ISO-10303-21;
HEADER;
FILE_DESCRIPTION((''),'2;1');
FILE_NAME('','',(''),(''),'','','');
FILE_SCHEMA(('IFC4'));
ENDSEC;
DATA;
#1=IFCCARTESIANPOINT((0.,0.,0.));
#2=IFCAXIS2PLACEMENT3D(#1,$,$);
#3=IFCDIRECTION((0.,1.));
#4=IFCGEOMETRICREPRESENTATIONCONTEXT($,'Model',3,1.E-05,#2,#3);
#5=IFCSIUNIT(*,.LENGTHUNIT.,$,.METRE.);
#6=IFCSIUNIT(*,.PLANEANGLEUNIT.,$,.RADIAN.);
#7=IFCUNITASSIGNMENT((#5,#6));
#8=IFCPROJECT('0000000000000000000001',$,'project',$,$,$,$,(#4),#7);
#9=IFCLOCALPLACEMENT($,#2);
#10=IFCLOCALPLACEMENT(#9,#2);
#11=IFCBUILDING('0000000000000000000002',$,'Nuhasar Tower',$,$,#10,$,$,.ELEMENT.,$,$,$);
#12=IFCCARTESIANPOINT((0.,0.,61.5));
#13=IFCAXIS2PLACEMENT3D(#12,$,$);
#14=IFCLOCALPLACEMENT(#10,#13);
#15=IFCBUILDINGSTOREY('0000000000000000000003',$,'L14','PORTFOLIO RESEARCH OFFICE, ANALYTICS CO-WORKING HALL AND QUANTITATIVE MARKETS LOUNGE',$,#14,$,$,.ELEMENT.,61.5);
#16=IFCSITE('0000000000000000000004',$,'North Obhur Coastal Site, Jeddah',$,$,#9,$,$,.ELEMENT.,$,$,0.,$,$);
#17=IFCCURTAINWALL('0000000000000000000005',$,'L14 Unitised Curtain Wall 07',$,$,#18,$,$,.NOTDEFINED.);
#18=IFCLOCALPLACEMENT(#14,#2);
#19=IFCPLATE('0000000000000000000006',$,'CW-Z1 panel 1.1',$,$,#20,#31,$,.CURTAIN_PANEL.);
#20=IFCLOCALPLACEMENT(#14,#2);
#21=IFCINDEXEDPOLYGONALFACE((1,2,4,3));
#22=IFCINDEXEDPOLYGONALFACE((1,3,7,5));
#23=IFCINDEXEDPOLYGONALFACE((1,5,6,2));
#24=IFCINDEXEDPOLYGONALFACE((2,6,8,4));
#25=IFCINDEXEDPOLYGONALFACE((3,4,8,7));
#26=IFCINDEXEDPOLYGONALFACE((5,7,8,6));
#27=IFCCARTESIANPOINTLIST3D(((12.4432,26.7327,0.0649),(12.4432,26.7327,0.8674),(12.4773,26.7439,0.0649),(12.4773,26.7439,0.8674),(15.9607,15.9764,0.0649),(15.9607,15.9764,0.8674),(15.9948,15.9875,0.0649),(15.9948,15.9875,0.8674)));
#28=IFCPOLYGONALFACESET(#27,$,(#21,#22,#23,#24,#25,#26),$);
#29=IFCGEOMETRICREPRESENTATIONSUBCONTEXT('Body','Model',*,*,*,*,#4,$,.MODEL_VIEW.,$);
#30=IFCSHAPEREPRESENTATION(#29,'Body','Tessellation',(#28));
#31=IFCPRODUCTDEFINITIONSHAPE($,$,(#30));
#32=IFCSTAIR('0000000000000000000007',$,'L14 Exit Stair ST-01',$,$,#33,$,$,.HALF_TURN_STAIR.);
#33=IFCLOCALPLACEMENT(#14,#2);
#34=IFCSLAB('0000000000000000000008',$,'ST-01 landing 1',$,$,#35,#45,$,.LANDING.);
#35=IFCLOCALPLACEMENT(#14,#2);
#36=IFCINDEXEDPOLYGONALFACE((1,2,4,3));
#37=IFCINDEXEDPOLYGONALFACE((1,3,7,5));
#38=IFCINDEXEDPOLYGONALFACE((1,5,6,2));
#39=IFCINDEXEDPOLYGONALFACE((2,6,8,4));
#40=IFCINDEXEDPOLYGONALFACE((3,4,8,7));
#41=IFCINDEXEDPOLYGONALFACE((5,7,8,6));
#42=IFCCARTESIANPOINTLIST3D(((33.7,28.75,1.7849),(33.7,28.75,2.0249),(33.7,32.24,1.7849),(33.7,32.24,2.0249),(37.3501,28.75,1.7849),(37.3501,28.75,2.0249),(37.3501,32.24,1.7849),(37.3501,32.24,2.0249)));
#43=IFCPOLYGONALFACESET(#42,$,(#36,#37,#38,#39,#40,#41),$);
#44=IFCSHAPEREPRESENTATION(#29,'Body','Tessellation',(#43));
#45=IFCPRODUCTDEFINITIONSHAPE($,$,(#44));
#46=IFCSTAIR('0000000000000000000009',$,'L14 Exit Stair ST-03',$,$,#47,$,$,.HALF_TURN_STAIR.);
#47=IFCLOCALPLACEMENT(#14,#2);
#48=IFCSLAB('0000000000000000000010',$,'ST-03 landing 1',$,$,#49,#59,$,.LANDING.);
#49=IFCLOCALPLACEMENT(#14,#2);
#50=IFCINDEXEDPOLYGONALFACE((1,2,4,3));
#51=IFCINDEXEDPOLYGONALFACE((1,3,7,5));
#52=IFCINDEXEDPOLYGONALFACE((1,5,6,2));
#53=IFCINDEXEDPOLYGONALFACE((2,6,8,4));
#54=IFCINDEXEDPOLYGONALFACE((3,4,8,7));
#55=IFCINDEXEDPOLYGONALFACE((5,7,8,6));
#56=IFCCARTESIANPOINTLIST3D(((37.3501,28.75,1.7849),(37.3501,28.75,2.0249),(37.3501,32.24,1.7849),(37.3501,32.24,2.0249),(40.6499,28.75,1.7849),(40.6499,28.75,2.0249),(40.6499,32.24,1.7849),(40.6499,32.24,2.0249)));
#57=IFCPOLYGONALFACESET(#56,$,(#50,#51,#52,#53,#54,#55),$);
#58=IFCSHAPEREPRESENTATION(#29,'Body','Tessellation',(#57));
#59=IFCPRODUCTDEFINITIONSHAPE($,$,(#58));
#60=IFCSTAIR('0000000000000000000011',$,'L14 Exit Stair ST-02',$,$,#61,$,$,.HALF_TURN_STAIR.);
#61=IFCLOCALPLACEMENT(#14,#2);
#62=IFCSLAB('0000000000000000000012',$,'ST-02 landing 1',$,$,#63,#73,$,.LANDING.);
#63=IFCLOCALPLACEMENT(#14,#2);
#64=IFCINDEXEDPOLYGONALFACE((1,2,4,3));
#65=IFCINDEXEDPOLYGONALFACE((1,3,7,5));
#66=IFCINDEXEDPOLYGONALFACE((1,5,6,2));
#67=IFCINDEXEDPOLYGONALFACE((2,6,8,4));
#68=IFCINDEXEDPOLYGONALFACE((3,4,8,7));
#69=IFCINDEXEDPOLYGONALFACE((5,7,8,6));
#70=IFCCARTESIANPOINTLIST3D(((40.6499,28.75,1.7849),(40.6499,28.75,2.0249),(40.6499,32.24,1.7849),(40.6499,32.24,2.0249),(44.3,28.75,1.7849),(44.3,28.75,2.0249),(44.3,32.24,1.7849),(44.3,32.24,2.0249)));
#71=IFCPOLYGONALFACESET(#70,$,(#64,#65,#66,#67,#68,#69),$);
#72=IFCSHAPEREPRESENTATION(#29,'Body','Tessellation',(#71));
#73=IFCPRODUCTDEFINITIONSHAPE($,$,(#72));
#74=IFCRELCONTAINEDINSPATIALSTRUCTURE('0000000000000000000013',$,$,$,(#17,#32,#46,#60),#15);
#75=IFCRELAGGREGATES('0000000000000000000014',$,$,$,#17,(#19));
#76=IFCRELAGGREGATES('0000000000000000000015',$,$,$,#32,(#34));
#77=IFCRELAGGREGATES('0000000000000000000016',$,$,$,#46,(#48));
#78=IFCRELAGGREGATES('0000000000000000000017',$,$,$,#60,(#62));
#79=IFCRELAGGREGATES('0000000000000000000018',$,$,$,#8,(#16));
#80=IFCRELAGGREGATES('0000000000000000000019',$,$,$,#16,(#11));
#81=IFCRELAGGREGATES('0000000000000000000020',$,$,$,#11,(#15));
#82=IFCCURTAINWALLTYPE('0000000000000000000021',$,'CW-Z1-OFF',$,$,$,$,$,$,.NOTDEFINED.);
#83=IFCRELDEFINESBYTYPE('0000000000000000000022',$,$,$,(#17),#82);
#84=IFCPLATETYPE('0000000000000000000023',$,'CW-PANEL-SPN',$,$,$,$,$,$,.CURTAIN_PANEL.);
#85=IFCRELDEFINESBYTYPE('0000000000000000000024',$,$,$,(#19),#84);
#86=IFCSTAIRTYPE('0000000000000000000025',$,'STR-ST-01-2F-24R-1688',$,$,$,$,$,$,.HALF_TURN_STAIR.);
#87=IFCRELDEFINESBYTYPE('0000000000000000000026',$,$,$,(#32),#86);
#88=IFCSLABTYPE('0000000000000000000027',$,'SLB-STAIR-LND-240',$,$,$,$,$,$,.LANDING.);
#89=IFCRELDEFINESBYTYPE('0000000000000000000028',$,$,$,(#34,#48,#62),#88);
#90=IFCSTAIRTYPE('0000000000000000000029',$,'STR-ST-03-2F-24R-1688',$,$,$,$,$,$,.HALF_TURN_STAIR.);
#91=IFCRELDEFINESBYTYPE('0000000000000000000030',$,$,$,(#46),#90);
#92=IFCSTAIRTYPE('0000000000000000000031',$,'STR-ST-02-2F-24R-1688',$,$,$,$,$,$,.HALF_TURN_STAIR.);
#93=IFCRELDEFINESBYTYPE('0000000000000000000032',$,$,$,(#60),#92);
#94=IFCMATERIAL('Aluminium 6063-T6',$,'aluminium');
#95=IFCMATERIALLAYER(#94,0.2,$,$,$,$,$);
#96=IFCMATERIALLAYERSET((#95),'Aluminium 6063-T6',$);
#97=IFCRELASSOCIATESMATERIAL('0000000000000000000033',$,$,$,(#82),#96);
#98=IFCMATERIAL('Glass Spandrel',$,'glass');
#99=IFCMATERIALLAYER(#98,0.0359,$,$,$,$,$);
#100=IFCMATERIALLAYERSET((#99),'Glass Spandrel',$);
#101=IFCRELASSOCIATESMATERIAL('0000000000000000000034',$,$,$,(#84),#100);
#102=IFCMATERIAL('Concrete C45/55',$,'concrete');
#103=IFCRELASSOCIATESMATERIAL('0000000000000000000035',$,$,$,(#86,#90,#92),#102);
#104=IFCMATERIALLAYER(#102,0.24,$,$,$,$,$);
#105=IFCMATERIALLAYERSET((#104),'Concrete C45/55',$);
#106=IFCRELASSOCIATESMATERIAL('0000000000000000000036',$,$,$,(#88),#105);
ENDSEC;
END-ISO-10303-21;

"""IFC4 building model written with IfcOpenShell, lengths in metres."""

from ifc_helpers import new_model, si_unit, direction, frame, origin, origin_2d, place, context, subcontext, project, spatial, polyline, rectangle, outline, extrude, material, layer, layer_set, type_object, element, aggregate, save


model = new_model("IFC4")

# Units and contexts
model_context = context("Model", 3, precision=1e-05, world=origin(), true_north=direction((0.0, 1.0)))
body_context = subcontext(model_context, "Body", "Model", "MODEL_VIEW")
ifc_project = project(units=[si_unit("LENGTHUNIT", "METRE"), si_unit("PLANEANGLEUNIT", "RADIAN")], contexts=[model_context])

# Site, building, storey
site_placement = place(None, origin())
site = spatial("IfcSite", under=ifc_project, at=site_placement, Name="North Obhur Coastal Site, Jeddah", CompositionType="ELEMENT", RefElevation=0.0)
building_placement = place(site_placement, origin())
building = spatial("IfcBuilding", under=site, at=building_placement, Name="Nuhasar Tower", CompositionType="ELEMENT")
storey_placement = place(building_placement, frame((0.0, 0.0, 61.5)))
storey = spatial("IfcBuildingStorey", under=building, at=storey_placement, Name="L14", Description="PORTFOLIO RESEARCH OFFICE, ANALYTICS CO-WORKING HALL AND QUANTITATIVE MARKETS LOUNGE", CompositionType="ELEMENT", Elevation=61.5)

# Curtain wall
ifc_material_1 = material(Name="Aluminium 6063-T6", Category="aluminium")
ifc_layer_1 = layer(ifc_material_1, 0.2)
ifc_layer_set_1 = layer_set([ifc_layer_1], Name="Aluminium 6063-T6")
curtain_wall_type = type_object("IfcCurtainWallType", Name="CW-Z1-OFF", PredefinedType="NOTDEFINED", material=ifc_layer_set_1)
curtain_wall_1_placement = place(storey_placement, origin())
curtain_wall_1 = element("IfcCurtainWall", 1, at=curtain_wall_1_placement, inside=storey, type_object=curtain_wall_type, Name="L14 Unitised Curtain Wall 07", PredefinedType="NOTDEFINED")

# Plate
ifc_material_2 = material(Name="Glass Spandrel", Category="glass")
ifc_layer_2 = layer(ifc_material_2, 0.0359)
ifc_layer_set_2 = layer_set([ifc_layer_2], Name="Glass Spandrel")
plate_type_1 = type_object("IfcPlateType", Name="CW-PANEL-SPN", PredefinedType="CURTAIN_PANEL", material=ifc_layer_set_2)
plate_1_placement = place(storey_placement, frame((14.219, 21.3601, 0.0649), z_axis=(0.0, 0.0, 1.0), x_axis=(0.310824, -0.950468, 0.0)))
plate_1 = element("IfcPlate", 2, at=plate_1_placement, type_object=plate_type_1, Name="CW-Z1 panel 1.1", PredefinedType="CURTAIN_PANEL", context=body_context, shape_type="SweptSolid", body=[
    extrude(rectangle(XDim=11.3169, YDim=0.0359, at=origin_2d()), origin(), (0.0, 0.0, 1.0), 0.8025),
])
aggregate(curtain_wall_1, [plate_1])

# Stairs, slabs
ifc_material_3 = material(Name="Concrete C45/55", Category="concrete")
stair_type_1 = type_object("IfcStairType", Name="STR-ST-01-2F-24R-1688", PredefinedType="HALF_TURN_STAIR", material=ifc_material_3)
stair_1_placement = place(storey_placement, origin())
stair_1 = element("IfcStair", 3, at=stair_1_placement, inside=storey, type_object=stair_type_1, Name="L14 Exit Stair ST-01", PredefinedType="HALF_TURN_STAIR")
ifc_layer_3 = layer(ifc_material_3, 0.24)
ifc_layer_set_3 = layer_set([ifc_layer_3], Name="Concrete C45/55")
slab_type_1 = type_object("IfcSlabType", Name="SLB-STAIR-LND-240", PredefinedType="LANDING", material=ifc_layer_set_3)
slab_1_placement = place(storey_placement, frame((0.0, 0.0, 1.7849)))
slab_1 = element("IfcSlab", 4, at=slab_1_placement, type_object=slab_type_1, Name="ST-01 landing 1", PredefinedType="LANDING", context=body_context, shape_type="SweptSolid", body=[
    extrude(outline(polyline([(33.7, 28.75), (37.3501, 28.75), (37.3501, 32.24), (33.7, 32.24), (33.7, 28.75)])), origin(), (0.0, 0.0, 1.0), 0.24),
])
aggregate(stair_1, [slab_1])
stair_type_2 = type_object("IfcStairType", Name="STR-ST-03-2F-24R-1688", PredefinedType="HALF_TURN_STAIR", material=ifc_material_3)
stair_2_placement = place(storey_placement, origin())
stair_2 = element("IfcStair", 5, at=stair_2_placement, inside=storey, type_object=stair_type_2, Name="L14 Exit Stair ST-03", PredefinedType="HALF_TURN_STAIR")
slab_2_placement = place(storey_placement, frame((0.0, 0.0, 1.7849)))
slab_2 = element("IfcSlab", 6, at=slab_2_placement, type_object=slab_type_1, Name="ST-03 landing 1", PredefinedType="LANDING", context=body_context, shape_type="SweptSolid", body=[
    extrude(outline(polyline([(37.3501, 28.75), (40.6499, 28.75), (40.6499, 32.24), (37.3501, 32.24), (37.3501, 28.75)])), origin(), (0.0, 0.0, 1.0), 0.24),
])
aggregate(stair_2, [slab_2])
stair_type_3 = type_object("IfcStairType", Name="STR-ST-02-2F-24R-1688", PredefinedType="HALF_TURN_STAIR", material=ifc_material_3)
stair_3_placement = place(storey_placement, origin())
stair_3 = element("IfcStair", 7, at=stair_3_placement, inside=storey, type_object=stair_type_3, Name="L14 Exit Stair ST-02", PredefinedType="HALF_TURN_STAIR")
slab_3_placement = place(storey_placement, frame((0.0, 0.0, 1.7849)))
slab_3 = element("IfcSlab", 8, at=slab_3_placement, type_object=slab_type_1, Name="ST-02 landing 1", PredefinedType="LANDING", context=body_context, shape_type="SweptSolid", body=[
    extrude(outline(polyline([(40.6499, 28.75), (44.3, 28.75), (44.3, 32.24), (40.6499, 32.24), (40.6499, 28.75)])), origin(), (0.0, 0.0, 1.0), 0.24),
])
aggregate(stair_3, [slab_3])

save(model, "model.ifc")
